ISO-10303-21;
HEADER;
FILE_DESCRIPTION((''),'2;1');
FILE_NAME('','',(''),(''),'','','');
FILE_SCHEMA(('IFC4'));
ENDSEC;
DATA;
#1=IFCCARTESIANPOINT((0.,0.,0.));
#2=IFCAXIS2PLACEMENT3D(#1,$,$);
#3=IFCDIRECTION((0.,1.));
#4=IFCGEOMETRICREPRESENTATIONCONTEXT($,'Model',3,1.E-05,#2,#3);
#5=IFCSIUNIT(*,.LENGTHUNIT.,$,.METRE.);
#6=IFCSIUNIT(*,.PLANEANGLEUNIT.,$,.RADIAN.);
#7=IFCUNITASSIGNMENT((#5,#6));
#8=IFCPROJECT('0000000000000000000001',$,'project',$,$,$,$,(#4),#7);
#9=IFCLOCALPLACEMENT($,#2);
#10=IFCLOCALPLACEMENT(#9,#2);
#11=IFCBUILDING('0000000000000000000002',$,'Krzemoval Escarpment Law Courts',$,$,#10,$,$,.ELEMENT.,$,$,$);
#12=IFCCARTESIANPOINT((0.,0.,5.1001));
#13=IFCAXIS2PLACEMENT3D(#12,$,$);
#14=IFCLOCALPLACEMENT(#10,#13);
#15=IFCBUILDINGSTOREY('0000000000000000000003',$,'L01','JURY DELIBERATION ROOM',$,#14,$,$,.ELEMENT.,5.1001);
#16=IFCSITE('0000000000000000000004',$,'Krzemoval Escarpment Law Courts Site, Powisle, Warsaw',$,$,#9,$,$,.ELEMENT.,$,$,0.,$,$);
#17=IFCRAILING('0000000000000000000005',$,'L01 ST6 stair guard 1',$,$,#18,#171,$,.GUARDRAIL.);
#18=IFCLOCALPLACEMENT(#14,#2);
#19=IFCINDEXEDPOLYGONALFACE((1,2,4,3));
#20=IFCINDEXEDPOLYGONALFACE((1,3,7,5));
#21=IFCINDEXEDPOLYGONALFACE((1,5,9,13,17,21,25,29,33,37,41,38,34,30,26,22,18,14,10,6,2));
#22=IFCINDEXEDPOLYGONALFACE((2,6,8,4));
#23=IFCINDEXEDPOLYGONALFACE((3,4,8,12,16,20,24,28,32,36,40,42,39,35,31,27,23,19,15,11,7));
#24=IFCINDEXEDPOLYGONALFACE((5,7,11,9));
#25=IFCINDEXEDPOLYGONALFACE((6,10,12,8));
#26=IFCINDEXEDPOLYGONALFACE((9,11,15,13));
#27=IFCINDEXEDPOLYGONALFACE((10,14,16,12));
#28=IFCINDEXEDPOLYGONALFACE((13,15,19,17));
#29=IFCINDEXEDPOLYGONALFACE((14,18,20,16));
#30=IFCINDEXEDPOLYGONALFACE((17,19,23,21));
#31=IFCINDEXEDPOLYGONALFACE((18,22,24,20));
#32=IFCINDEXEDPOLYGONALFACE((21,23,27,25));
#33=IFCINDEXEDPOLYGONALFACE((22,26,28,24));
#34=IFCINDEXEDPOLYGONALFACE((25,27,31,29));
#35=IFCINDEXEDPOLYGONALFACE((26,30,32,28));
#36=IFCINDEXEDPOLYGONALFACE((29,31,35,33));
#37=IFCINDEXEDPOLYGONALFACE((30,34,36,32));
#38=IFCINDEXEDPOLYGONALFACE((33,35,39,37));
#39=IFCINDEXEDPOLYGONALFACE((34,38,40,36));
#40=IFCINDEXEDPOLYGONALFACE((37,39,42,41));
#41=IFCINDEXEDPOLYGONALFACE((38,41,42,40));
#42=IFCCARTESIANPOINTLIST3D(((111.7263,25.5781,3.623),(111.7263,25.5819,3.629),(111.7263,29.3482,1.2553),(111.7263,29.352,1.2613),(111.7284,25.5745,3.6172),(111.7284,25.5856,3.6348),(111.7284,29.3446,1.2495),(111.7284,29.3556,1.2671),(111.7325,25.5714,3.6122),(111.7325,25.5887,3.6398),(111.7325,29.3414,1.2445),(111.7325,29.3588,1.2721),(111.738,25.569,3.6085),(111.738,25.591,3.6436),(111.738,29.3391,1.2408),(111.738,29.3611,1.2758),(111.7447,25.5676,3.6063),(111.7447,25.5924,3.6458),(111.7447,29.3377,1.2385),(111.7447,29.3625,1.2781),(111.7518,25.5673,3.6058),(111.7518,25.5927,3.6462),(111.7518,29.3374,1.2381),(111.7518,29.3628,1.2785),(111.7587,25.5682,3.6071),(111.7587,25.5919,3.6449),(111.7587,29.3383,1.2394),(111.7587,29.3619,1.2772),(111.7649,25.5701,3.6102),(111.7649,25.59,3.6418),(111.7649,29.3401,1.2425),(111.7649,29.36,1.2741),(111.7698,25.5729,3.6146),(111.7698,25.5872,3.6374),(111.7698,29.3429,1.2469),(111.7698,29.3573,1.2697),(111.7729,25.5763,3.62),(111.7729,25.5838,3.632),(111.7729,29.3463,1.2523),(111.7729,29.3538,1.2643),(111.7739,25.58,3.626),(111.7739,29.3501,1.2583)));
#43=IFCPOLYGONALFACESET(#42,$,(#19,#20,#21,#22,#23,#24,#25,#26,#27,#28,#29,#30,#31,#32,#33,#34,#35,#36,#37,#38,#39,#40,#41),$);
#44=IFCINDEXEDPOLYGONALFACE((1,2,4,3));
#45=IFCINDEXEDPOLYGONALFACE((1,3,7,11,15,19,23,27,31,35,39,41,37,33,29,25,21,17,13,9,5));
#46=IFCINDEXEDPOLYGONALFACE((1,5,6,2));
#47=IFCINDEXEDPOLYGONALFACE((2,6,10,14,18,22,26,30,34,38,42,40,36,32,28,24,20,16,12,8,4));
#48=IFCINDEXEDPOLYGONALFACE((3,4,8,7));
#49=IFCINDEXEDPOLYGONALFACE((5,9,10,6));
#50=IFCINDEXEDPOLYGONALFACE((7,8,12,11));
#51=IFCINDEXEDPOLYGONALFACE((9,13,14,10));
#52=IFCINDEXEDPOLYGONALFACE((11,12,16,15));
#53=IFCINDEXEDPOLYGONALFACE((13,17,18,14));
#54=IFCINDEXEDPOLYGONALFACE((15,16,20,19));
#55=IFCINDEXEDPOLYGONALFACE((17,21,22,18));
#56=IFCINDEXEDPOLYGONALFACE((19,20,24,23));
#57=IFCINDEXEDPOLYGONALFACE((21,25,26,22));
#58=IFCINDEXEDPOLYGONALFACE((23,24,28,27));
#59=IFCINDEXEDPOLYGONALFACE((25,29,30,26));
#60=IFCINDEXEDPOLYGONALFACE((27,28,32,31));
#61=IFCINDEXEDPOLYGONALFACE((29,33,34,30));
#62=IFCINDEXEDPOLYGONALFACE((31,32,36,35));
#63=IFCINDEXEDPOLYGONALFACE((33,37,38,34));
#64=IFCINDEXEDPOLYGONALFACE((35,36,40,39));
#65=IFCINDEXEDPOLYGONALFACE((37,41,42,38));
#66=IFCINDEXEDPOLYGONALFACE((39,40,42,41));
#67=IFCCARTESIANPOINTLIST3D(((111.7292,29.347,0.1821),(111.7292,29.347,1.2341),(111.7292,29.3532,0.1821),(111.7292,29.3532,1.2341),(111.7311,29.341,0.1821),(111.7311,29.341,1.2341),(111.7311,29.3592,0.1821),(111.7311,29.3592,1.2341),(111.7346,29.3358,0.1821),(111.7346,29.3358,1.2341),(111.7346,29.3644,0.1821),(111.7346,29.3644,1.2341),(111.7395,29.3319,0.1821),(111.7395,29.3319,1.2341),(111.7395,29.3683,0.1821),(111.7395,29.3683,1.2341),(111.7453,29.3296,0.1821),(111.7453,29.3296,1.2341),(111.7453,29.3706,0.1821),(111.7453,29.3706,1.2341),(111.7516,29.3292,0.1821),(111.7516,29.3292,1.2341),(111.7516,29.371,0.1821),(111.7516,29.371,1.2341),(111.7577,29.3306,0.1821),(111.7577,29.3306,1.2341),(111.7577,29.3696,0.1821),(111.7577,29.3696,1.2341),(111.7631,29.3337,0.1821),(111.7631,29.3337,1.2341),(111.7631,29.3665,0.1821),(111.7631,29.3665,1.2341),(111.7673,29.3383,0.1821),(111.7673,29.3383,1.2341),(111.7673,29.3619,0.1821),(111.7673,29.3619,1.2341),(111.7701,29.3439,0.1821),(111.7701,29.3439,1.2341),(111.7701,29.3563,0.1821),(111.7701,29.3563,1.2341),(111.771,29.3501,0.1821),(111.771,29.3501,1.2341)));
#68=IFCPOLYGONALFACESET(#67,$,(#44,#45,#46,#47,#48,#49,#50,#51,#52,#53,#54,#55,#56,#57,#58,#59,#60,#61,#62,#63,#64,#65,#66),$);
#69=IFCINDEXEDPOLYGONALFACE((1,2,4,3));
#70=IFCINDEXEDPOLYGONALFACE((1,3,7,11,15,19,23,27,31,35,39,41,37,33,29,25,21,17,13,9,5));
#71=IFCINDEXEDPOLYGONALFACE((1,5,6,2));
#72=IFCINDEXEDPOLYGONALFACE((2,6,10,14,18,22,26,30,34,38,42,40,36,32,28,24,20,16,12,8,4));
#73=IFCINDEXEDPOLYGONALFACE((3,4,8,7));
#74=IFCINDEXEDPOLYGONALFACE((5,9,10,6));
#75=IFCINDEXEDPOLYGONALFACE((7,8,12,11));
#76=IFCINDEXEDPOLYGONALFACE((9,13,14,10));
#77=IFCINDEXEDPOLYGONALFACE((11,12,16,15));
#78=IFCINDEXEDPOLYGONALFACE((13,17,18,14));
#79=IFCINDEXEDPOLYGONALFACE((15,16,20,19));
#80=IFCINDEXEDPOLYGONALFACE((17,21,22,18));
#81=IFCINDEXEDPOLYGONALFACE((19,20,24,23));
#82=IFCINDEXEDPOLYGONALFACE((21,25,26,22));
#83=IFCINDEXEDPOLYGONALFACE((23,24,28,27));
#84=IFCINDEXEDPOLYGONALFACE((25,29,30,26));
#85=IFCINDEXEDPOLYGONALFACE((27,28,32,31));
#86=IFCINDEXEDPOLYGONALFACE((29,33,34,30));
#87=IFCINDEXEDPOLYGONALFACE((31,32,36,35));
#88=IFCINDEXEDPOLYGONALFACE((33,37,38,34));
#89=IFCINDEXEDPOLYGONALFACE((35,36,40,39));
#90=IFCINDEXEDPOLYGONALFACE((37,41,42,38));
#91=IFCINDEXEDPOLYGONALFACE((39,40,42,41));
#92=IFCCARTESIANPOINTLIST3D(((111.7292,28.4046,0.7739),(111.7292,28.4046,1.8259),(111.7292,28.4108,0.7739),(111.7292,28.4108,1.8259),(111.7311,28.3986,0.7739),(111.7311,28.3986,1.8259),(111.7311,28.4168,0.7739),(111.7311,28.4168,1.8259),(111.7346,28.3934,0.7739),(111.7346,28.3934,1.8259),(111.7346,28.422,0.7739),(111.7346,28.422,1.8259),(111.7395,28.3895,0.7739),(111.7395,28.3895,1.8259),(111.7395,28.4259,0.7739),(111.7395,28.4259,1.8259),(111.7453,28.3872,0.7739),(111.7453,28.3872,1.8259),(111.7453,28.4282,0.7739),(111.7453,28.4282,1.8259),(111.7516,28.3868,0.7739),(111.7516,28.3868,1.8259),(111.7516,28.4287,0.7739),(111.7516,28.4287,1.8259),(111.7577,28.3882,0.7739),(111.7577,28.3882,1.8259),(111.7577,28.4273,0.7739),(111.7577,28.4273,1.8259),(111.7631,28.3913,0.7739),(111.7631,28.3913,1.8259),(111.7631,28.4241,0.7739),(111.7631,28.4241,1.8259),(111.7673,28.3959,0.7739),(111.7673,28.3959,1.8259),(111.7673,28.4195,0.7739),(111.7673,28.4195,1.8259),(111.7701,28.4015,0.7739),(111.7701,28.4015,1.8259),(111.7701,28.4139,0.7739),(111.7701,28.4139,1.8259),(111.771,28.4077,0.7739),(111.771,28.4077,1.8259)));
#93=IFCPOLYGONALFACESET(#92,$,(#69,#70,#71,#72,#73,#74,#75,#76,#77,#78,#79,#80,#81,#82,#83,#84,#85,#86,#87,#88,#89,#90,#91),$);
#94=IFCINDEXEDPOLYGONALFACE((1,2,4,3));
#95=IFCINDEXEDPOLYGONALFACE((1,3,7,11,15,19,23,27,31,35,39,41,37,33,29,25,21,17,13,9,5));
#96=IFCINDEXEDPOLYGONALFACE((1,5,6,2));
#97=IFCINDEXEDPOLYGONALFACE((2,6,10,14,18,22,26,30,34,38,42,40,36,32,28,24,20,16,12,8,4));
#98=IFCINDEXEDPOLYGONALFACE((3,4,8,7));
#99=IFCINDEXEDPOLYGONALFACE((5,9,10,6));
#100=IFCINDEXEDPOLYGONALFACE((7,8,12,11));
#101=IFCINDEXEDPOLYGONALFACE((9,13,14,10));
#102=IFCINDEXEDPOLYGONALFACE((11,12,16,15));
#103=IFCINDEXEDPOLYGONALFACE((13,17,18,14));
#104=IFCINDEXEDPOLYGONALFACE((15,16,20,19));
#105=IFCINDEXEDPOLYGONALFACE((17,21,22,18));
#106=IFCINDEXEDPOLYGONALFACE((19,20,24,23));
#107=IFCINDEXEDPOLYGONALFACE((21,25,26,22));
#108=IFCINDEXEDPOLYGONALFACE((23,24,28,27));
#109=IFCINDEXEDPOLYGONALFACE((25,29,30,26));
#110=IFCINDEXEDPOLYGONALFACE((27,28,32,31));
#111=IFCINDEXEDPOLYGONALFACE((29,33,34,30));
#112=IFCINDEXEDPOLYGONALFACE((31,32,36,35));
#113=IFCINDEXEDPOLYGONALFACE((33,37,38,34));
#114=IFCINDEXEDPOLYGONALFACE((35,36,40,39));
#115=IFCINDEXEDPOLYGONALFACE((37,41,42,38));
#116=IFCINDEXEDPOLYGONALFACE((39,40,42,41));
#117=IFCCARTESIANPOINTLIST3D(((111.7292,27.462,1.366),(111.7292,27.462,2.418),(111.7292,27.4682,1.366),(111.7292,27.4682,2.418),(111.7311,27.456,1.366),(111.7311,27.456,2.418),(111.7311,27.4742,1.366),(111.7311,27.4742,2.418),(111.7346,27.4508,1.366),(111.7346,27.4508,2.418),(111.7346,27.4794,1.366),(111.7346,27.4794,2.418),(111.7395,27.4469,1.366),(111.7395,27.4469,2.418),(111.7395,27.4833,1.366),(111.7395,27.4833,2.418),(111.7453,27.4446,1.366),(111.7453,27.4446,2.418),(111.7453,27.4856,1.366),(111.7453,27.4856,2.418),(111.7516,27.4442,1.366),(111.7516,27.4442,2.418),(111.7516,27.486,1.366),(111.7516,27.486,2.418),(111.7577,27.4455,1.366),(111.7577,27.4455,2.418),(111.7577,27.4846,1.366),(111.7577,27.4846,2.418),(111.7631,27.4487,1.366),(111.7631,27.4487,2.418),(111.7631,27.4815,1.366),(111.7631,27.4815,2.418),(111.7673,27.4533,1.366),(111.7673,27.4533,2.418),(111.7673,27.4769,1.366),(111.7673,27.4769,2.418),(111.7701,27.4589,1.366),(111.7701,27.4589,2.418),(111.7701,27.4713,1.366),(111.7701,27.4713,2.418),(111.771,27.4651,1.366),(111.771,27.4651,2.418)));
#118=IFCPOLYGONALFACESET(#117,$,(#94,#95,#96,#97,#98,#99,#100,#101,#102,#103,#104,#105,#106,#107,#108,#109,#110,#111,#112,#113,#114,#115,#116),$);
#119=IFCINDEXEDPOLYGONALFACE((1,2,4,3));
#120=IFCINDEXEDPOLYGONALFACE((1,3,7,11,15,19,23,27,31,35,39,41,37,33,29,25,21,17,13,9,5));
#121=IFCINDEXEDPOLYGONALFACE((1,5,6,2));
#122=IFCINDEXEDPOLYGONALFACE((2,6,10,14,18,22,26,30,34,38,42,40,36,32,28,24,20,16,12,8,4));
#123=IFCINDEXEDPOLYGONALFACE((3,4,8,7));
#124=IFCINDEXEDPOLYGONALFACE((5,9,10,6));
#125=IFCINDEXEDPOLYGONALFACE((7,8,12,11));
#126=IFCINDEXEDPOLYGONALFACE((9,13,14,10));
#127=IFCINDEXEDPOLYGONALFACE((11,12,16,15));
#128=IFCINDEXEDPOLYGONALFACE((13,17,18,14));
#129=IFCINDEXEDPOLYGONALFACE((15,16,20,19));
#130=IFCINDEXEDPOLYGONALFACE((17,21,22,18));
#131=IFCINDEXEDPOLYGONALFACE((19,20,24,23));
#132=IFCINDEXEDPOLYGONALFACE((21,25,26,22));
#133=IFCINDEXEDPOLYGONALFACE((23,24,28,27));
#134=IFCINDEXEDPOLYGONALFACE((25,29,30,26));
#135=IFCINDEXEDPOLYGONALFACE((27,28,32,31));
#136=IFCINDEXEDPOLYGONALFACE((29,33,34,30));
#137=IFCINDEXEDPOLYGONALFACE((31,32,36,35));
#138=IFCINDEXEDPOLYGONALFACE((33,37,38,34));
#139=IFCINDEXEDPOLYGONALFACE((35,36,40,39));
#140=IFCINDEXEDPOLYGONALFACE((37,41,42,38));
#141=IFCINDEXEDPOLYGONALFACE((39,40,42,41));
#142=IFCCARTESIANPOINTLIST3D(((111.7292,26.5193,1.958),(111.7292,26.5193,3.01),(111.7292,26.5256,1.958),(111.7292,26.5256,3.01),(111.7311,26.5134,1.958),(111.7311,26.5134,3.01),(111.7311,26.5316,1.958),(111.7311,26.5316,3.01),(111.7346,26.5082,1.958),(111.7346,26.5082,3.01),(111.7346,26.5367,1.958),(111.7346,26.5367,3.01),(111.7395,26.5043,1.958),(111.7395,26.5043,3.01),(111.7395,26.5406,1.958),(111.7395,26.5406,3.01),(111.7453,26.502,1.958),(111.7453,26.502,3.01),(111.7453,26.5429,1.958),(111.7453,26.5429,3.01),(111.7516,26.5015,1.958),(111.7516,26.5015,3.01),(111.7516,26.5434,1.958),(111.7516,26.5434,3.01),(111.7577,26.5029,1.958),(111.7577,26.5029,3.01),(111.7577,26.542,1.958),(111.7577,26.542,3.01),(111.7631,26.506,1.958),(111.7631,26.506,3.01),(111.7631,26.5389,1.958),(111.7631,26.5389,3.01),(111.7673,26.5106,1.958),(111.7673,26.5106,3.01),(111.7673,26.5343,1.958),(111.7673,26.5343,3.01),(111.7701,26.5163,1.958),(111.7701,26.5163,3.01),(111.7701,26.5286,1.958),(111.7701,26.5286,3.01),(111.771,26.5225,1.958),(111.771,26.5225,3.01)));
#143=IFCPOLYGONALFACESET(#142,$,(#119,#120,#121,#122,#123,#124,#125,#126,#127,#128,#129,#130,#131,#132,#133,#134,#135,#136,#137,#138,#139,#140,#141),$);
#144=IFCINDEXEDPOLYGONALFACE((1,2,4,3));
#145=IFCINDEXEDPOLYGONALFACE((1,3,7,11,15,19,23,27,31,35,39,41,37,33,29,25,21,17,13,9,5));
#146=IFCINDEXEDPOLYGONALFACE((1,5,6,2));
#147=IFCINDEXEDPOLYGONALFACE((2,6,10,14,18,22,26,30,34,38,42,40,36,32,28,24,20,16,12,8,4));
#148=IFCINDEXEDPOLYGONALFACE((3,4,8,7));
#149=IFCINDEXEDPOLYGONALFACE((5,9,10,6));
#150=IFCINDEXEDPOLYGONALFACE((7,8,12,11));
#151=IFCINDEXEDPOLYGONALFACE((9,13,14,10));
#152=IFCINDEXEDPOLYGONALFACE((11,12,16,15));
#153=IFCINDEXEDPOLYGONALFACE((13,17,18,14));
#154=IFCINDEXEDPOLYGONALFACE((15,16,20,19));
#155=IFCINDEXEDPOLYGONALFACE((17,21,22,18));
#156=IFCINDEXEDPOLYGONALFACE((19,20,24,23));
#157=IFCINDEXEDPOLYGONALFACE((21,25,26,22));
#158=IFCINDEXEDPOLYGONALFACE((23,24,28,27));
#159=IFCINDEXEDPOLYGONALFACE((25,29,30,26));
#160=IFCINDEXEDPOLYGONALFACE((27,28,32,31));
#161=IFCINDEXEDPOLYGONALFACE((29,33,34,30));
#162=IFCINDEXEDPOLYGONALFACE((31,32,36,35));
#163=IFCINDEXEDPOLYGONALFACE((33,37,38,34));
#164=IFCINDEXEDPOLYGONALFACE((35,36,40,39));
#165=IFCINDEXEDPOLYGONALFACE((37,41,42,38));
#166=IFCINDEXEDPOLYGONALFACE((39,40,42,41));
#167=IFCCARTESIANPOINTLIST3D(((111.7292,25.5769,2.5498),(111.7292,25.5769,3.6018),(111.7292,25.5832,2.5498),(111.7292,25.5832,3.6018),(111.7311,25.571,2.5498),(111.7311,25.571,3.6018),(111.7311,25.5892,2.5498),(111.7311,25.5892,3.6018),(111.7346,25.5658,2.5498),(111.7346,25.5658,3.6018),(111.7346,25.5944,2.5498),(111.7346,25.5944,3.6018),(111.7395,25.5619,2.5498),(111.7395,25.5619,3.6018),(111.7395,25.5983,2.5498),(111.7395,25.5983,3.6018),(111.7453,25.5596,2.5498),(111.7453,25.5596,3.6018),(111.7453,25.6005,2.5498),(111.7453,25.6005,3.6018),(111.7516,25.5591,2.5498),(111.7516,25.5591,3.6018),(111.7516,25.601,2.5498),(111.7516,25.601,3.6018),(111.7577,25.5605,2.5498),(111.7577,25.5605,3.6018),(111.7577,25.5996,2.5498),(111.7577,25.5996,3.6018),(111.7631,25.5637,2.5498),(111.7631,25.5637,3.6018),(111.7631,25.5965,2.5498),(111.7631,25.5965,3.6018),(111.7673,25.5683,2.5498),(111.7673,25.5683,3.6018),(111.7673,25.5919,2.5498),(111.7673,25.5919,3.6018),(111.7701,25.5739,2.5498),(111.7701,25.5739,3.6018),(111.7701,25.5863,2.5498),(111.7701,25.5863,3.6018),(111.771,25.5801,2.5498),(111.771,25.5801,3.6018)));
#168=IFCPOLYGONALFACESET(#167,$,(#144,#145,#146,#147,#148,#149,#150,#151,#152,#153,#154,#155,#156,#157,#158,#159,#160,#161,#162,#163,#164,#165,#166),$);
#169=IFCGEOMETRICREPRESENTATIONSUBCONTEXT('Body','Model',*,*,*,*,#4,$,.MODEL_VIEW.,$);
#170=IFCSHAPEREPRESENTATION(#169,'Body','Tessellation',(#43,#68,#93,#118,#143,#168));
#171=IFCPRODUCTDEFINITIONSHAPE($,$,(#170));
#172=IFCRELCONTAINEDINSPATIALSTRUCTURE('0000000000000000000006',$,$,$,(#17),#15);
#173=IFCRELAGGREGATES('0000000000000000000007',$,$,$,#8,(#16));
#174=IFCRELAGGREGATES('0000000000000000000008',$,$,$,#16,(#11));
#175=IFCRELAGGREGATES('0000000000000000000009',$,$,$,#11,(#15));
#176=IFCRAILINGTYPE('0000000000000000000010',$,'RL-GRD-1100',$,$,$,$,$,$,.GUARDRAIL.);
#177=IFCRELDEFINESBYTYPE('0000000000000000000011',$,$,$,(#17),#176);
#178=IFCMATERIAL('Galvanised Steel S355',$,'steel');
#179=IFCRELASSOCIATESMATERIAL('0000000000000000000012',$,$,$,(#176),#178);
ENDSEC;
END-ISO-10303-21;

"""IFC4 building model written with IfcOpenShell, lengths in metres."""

from ifc_helpers import new_model, si_unit, direction, frame, origin, origin_2d, place, context, subcontext, project, spatial, circle, extrude, material, type_object, element, save


model = new_model("IFC4")

# Units and contexts
model_context = context("Model", 3, precision=1e-05, world=origin(), true_north=direction((0.0, 1.0)))
body_context = subcontext(model_context, "Body", "Model", "MODEL_VIEW")
ifc_project = project(units=[si_unit("LENGTHUNIT", "METRE"), si_unit("PLANEANGLEUNIT", "RADIAN")], contexts=[model_context])

# Site, building, storey
site_placement = place(None, origin())
site = spatial("IfcSite", under=ifc_project, at=site_placement, Name="Krzemoval Escarpment Law Courts Site, Powisle, Warsaw", CompositionType="ELEMENT", RefElevation=0.0)
building_placement = place(site_placement, origin())
building = spatial("IfcBuilding", under=site, at=building_placement, Name="Krzemoval Escarpment Law Courts", CompositionType="ELEMENT")
storey_placement = place(building_placement, frame((0.0, 0.0, 5.1001)))
storey = spatial("IfcBuildingStorey", under=building, at=storey_placement, Name="L01", Description="JURY DELIBERATION ROOM", CompositionType="ELEMENT", Elevation=5.1001)

# Railing
ifc_material_1 = material(Name="Galvanised Steel S355", Category="steel")
railing_type_1 = type_object("IfcRailingType", Name="RL-GRD-1100", PredefinedType="GUARDRAIL", material=ifc_material_1)
railing_1_placement = place(storey_placement, frame((111.75, 29.3501, 0.1821)))
element("IfcRailing", 1, at=railing_1_placement, inside=storey, type_object=railing_type_1, Name="L01 ST6 stair guard 1", PredefinedType="GUARDRAIL", context=body_context, shape_type="SweptSolid", body=[
    extrude(circle(Radius=0.0239, at=origin_2d()), frame((0.0, 0.0, 1.0762), z_axis=(0.0, -0.846844, 0.531841), x_axis=(1.0, 0.0, 0.0)), (0.0, 0.0, 1.0), 4.4519),
    extrude(circle(Radius=0.021, at=origin_2d()), origin(), (0.0, 0.0, 1.0), 1.052),
    extrude(circle(Radius=0.021, at=origin_2d()), frame((0.0, -0.9424, 0.5918)), (0.0, 0.0, 1.0), 1.052),
    extrude(circle(Radius=0.021, at=origin_2d()), frame((0.0, -1.885, 1.1838)), (0.0, 0.0, 1.0), 1.052),
    extrude(circle(Radius=0.021, at=origin_2d()), frame((0.0, -2.8276, 1.7759)), (0.0, 0.0, 1.0), 1.052),
    extrude(circle(Radius=0.021, at=origin_2d()), frame((0.0, -3.77, 2.3677)), (0.0, 0.0, 1.0), 1.052),
])

save(model, "model.ifc")
